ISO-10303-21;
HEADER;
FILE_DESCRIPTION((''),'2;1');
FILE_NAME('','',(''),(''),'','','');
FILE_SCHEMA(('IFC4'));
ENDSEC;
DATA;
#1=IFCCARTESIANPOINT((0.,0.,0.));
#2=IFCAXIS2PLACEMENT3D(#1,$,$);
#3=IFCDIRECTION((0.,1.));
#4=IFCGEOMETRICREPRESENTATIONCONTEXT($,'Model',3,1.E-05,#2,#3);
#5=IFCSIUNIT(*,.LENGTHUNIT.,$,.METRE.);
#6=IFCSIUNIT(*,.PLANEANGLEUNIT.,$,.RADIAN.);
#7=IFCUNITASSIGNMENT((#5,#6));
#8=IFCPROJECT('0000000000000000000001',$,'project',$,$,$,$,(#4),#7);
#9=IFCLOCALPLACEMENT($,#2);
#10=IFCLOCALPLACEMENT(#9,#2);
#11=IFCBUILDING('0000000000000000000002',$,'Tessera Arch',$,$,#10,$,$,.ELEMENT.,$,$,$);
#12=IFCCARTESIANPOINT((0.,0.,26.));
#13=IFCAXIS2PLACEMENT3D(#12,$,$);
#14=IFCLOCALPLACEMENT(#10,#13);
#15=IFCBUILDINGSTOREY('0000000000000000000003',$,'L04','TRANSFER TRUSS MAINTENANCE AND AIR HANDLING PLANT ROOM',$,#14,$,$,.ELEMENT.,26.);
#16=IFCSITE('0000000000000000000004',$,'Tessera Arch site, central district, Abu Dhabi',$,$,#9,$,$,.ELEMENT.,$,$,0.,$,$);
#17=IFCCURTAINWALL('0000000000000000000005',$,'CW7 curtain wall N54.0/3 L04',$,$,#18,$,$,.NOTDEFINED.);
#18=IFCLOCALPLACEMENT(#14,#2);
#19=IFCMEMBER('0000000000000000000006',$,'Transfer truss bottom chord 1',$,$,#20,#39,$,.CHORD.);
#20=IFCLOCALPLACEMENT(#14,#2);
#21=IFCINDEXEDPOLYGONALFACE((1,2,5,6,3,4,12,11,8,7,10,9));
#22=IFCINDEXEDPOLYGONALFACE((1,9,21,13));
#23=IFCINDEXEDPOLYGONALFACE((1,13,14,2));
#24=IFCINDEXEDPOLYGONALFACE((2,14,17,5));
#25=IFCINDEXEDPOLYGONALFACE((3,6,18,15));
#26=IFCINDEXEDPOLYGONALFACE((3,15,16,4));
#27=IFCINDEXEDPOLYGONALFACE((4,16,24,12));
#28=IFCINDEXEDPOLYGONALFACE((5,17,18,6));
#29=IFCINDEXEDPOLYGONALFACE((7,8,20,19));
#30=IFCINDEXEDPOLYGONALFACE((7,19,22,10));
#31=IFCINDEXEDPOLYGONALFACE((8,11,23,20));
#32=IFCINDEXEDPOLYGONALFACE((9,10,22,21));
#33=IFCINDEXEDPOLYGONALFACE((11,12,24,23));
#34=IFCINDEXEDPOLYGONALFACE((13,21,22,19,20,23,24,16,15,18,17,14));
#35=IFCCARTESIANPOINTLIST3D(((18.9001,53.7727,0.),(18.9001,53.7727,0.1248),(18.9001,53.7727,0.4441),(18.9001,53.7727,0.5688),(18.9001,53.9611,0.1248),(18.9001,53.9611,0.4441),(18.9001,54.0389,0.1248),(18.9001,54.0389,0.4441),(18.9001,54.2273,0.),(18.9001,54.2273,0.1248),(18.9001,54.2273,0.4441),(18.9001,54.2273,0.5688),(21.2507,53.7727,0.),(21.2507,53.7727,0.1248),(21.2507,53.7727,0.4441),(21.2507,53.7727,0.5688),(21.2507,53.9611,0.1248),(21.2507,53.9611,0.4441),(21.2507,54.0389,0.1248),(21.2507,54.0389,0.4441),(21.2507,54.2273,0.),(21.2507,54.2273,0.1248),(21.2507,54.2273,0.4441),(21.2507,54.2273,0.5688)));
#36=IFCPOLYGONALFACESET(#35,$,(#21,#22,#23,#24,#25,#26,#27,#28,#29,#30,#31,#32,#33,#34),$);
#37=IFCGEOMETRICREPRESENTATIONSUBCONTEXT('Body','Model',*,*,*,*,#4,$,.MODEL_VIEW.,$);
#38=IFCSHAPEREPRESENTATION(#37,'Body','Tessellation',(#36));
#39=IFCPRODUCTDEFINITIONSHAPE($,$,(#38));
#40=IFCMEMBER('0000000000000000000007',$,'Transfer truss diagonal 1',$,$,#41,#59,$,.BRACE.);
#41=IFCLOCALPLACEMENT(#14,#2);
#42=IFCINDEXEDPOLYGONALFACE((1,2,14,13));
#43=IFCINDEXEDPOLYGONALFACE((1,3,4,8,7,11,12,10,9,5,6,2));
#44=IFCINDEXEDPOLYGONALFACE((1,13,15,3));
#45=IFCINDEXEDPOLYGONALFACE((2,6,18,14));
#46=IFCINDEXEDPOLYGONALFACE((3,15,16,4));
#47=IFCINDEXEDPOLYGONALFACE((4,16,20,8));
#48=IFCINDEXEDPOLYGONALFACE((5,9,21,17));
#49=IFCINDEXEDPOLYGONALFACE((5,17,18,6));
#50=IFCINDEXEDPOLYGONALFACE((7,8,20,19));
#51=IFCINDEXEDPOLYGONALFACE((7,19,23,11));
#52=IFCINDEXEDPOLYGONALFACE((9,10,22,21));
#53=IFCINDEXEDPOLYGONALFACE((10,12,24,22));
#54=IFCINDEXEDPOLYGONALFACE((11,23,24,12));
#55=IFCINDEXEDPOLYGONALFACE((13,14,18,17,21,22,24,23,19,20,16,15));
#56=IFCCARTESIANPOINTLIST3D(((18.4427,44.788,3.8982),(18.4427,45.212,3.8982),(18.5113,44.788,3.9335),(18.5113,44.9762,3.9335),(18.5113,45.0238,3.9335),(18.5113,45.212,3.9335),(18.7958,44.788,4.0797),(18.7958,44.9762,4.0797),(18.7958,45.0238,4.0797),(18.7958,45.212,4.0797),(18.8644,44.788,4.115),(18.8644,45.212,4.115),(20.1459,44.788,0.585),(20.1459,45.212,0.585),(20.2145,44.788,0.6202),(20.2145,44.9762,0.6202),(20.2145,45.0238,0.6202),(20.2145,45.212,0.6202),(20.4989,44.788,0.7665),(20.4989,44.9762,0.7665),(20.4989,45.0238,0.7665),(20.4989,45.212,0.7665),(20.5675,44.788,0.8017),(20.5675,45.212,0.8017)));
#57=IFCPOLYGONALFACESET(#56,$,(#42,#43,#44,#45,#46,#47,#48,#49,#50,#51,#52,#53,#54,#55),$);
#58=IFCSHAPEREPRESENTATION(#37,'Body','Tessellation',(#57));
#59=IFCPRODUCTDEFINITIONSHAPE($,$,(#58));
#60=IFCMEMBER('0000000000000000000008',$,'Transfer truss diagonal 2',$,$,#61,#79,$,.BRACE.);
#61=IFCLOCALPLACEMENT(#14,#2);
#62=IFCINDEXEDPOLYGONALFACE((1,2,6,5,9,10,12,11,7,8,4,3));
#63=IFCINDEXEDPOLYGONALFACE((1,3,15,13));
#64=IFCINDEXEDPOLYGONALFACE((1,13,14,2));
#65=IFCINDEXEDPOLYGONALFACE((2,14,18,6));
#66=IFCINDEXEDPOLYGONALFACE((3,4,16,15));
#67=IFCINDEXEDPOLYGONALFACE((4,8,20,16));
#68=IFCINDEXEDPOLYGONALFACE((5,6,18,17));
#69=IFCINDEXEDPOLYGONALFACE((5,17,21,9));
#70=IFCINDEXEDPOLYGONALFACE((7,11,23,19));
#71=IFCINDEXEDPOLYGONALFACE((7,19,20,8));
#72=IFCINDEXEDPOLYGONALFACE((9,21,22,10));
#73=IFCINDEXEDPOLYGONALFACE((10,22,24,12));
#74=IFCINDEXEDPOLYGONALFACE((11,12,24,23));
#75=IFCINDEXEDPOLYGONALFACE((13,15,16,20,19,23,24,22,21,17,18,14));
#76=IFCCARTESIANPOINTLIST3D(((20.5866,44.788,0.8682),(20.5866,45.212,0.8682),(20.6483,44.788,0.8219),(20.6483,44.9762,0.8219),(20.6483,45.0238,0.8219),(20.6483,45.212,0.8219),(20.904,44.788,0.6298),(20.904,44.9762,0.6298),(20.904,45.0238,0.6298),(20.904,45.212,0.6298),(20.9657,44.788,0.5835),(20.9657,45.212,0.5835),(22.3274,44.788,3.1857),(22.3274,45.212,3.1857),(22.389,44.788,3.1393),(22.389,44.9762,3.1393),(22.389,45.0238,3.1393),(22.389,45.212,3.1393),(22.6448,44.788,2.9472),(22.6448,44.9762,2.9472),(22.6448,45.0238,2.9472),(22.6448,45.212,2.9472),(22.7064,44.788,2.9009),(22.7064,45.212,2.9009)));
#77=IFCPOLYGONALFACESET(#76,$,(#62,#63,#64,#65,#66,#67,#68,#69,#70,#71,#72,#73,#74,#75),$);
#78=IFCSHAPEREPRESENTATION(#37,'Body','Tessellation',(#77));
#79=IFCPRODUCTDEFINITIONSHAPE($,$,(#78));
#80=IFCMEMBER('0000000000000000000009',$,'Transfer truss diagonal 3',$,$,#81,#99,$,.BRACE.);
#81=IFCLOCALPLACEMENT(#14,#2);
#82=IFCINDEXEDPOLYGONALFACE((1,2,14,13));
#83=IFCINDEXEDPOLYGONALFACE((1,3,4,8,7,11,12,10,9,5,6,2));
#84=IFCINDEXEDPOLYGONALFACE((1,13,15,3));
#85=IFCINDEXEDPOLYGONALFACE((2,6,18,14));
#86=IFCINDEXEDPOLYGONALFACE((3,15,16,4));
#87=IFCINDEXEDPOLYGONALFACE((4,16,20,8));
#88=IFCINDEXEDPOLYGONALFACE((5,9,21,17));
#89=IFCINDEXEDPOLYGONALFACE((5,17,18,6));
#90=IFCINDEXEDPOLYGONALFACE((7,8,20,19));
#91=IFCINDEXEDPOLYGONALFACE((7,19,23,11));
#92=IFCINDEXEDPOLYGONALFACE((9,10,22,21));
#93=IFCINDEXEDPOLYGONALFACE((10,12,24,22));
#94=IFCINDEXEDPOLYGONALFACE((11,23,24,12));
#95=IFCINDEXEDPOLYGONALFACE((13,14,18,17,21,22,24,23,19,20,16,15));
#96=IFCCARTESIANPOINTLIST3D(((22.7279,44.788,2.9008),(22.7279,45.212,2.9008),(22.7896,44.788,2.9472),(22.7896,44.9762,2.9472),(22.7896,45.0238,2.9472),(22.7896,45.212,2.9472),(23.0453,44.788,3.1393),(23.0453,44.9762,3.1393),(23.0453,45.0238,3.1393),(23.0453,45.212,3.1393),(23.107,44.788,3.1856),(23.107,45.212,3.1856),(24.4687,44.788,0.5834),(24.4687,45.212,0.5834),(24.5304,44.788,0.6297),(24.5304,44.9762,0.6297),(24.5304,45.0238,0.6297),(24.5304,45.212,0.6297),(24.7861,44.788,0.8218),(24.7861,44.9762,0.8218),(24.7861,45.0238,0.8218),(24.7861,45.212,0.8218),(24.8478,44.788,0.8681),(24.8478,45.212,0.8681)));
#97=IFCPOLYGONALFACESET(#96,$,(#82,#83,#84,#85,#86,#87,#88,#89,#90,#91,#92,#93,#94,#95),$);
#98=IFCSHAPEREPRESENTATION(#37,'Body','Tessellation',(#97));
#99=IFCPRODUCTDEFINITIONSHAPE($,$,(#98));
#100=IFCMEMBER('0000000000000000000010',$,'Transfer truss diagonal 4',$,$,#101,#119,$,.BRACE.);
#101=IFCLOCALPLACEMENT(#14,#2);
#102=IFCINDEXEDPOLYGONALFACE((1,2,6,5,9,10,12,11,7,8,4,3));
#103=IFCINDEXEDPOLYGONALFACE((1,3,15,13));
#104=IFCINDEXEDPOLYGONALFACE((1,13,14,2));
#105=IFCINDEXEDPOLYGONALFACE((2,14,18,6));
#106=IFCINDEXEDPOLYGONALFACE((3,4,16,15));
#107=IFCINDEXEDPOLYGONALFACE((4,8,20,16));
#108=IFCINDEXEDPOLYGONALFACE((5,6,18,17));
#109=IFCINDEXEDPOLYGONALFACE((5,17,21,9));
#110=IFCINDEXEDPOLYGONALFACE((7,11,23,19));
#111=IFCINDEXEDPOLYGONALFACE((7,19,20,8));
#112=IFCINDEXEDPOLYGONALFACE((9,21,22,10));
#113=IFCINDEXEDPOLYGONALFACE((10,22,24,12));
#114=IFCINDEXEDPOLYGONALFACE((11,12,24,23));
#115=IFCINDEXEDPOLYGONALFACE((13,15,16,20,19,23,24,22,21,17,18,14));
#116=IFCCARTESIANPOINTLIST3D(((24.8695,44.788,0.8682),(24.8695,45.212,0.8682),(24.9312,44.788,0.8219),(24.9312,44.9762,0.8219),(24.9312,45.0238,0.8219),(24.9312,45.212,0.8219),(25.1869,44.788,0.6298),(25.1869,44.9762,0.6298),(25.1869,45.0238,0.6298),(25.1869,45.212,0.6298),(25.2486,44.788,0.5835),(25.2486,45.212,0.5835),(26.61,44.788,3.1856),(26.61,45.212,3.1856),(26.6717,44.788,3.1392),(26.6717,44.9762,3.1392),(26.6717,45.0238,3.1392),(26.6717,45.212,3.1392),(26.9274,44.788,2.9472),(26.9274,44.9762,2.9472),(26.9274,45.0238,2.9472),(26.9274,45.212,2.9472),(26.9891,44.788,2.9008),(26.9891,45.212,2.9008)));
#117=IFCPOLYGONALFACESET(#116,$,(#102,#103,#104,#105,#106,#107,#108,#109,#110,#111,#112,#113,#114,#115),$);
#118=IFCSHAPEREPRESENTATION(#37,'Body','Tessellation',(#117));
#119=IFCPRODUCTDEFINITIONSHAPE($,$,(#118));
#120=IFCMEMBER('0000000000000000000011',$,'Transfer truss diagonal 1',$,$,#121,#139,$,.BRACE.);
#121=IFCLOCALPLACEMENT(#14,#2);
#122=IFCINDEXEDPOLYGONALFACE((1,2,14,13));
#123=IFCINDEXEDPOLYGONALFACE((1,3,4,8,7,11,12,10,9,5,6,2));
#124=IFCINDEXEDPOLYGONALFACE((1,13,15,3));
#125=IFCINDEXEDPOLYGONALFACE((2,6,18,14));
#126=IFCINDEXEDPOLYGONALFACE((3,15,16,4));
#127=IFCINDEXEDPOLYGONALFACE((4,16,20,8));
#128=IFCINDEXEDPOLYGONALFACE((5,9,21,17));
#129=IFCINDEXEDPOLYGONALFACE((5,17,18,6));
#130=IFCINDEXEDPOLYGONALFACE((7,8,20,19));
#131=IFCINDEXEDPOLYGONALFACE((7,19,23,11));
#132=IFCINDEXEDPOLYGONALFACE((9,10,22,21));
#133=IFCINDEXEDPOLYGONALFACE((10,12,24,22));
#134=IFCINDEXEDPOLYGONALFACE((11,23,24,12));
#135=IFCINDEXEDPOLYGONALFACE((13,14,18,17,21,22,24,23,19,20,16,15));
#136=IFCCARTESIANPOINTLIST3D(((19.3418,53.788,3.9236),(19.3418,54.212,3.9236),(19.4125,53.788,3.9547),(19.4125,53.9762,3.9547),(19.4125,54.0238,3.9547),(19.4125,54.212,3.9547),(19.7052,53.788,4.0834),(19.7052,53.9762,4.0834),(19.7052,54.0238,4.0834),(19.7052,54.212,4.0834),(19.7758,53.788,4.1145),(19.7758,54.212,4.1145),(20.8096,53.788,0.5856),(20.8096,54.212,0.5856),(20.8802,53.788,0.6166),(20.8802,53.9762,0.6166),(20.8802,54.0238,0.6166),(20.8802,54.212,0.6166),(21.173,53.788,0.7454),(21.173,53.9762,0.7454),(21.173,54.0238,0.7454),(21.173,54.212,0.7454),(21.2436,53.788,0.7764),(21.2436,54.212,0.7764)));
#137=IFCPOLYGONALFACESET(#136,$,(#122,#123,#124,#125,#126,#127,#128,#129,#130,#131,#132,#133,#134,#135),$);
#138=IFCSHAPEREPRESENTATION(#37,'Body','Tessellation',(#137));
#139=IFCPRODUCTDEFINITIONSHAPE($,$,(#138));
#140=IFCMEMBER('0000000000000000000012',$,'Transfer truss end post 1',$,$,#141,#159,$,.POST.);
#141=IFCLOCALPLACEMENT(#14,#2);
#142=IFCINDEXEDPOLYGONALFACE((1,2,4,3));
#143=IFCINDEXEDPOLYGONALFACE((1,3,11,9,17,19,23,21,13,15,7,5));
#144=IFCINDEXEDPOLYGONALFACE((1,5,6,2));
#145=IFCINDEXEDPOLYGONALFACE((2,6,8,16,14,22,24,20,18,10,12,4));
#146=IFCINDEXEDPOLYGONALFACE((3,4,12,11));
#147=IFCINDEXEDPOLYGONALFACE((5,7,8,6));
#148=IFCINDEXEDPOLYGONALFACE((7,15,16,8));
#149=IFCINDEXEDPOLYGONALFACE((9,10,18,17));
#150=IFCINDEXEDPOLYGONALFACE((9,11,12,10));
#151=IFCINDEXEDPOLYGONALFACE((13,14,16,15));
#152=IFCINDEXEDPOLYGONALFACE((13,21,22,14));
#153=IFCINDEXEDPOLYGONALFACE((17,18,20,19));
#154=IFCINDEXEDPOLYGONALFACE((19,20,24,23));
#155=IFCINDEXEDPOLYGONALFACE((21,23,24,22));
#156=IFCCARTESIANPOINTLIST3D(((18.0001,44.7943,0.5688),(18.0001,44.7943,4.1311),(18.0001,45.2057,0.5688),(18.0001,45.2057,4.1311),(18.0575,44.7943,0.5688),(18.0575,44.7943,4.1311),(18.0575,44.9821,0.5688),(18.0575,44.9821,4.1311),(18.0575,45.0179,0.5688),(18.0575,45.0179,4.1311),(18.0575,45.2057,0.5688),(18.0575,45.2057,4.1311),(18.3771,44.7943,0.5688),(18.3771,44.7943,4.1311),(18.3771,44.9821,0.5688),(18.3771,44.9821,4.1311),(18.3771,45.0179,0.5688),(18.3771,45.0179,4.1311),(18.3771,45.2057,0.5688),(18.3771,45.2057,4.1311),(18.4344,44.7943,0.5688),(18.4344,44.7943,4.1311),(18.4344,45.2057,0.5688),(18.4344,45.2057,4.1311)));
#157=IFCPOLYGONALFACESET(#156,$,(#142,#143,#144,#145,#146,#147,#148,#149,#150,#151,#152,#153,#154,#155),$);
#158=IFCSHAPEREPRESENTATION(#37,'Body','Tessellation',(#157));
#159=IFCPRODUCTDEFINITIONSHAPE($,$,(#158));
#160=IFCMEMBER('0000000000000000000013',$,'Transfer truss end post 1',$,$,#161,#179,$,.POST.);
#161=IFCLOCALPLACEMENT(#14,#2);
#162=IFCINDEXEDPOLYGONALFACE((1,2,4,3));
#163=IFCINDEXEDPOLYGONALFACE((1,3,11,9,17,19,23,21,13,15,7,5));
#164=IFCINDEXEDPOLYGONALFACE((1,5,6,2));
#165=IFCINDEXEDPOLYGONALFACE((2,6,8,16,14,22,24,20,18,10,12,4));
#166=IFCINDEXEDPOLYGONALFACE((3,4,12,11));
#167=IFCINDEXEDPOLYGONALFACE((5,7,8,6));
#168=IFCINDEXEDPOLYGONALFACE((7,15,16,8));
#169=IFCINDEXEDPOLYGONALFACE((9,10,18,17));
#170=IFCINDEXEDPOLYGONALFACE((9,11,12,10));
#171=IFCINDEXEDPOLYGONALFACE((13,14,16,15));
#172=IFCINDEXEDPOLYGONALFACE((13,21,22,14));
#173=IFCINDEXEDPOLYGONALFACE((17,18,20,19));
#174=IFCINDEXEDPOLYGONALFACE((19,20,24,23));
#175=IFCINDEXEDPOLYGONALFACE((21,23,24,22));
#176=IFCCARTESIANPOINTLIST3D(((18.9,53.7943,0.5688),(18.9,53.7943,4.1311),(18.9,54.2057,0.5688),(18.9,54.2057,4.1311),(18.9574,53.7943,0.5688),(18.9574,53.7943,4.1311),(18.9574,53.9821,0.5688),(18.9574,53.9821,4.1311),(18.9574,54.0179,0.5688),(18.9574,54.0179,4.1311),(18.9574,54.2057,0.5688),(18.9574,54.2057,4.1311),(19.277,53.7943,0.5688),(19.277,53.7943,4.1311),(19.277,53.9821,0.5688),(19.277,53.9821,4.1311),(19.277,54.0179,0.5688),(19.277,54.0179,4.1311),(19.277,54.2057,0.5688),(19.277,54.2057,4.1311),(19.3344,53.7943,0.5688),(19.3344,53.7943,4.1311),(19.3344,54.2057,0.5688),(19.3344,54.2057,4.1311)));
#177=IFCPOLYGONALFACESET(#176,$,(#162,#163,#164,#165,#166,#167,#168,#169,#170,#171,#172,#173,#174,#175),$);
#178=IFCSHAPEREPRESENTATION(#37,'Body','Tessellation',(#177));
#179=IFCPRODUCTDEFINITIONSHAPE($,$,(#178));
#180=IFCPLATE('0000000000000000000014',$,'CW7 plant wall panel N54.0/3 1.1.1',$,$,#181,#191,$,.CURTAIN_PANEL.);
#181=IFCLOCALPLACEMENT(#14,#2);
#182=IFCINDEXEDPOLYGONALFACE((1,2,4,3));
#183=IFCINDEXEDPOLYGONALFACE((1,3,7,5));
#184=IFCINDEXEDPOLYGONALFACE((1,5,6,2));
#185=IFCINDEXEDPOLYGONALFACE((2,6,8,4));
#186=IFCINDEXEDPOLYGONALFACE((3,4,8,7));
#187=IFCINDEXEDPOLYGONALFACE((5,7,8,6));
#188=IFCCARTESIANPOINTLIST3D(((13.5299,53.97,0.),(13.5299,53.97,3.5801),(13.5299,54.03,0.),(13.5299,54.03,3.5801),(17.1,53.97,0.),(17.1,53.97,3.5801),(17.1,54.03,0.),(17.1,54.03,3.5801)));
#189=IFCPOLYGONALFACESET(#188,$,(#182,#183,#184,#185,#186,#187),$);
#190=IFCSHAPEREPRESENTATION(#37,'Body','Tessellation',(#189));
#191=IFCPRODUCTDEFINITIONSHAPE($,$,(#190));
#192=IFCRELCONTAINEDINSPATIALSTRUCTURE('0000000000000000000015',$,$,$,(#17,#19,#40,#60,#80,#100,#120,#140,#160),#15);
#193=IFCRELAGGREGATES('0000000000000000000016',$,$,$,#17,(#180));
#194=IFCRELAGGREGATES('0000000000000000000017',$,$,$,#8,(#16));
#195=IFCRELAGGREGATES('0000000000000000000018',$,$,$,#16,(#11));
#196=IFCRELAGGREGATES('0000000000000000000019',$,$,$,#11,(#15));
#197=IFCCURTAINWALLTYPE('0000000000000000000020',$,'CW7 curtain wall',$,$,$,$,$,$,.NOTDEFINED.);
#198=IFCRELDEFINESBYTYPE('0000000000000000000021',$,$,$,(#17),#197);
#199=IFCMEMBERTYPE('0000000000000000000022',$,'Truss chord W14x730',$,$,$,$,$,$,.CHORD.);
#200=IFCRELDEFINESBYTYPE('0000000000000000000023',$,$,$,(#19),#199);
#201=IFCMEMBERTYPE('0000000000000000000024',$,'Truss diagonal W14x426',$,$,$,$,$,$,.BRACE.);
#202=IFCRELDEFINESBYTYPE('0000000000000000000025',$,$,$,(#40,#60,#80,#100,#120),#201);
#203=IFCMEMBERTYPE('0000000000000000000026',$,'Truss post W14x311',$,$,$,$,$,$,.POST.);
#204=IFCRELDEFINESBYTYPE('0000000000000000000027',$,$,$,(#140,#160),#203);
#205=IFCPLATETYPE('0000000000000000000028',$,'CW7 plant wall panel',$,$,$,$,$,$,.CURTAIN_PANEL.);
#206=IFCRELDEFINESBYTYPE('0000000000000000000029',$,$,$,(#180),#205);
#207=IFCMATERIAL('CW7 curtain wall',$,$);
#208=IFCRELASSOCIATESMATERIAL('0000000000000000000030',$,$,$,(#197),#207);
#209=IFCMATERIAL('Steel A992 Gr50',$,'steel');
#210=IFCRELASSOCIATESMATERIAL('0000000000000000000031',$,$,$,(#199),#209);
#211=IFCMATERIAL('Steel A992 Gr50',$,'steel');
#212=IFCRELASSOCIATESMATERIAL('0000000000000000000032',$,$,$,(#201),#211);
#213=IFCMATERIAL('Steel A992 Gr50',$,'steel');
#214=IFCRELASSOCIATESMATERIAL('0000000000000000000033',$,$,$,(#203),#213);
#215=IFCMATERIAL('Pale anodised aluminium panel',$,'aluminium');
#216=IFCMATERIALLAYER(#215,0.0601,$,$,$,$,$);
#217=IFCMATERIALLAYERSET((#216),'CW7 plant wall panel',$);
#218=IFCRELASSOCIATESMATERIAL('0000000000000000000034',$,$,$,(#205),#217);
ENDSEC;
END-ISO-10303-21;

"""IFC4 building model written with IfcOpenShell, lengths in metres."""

from ifc_helpers import new_model, si_unit, direction, frame, origin, origin_2d, place, context, subcontext, project, spatial, rectangle, i_section, extrude, material, layer, layer_set, material_profile, profile_set, type_object, element, aggregate, save


model = new_model("IFC4")

# Units and contexts
model_context = context("Model", 3, precision=1e-05, world=origin(), true_north=direction((0.0, 1.0)))
body_context = subcontext(model_context, "Body", "Model", "MODEL_VIEW")
ifc_project = project(units=[si_unit("LENGTHUNIT", "METRE"), si_unit("PLANEANGLEUNIT", "RADIAN")], contexts=[model_context])

# Site, building, storey
site_placement = place(None, origin())
site = spatial("IfcSite", under=ifc_project, at=site_placement, Name="Tessera Arch site, central district, Abu Dhabi", CompositionType="ELEMENT", RefElevation=0.0)
building_placement = place(site_placement, origin())
building = spatial("IfcBuilding", under=site, at=building_placement, Name="Tessera Arch", CompositionType="ELEMENT")
storey_placement = place(building_placement, frame((0.0, 0.0, 26.0)))
storey = spatial("IfcBuildingStorey", under=building, at=storey_placement, Name="L04", Description="TRANSFER TRUSS MAINTENANCE AND AIR HANDLING PLANT ROOM", CompositionType="ELEMENT", Elevation=26.0)

# Curtain wall
ifc_material_1 = material(Name="CW7 curtain wall")
curtain_wall_type = type_object("IfcCurtainWallType", Name="CW7 curtain wall", PredefinedType="NOTDEFINED", material=ifc_material_1)
curtain_wall_placement = place(storey_placement, origin())
curtain_wall = element("IfcCurtainWall", 1, at=curtain_wall_placement, inside=storey, type_object=curtain_wall_type, Name="CW7 curtain wall N54.0/3 L04", PredefinedType="NOTDEFINED")

# Members
ifc_material_2 = material(Name="Steel A992 Gr50", Category="steel")
ifc_material_profile_1 = material_profile(ifc_material_2, i_section(OverallWidth=0.4546, OverallDepth=0.5688, WebThickness=0.0779, FlangeThickness=0.1248, at=origin_2d()), Name="W14x730")
ifc_profile_set_1 = profile_set([ifc_material_profile_1], Name="Steel A992 Gr50")
member_type_1 = type_object("IfcMemberType", Name="Truss chord W14x730", PredefinedType="CHORD", material=ifc_profile_set_1)
member_1_placement = place(storey_placement, frame((18.9001, 54.0, 0.2844), z_axis=(1.0, 0.0, 0.0), x_axis=(0.0, 1.0, 0.0)))
element("IfcMember", 2, at=member_1_placement, inside=storey, type_object=member_type_1, Name="Transfer truss bottom chord 1", PredefinedType="CHORD", context=body_context, shape_type="SweptSolid", body=[
    extrude(i_section(OverallWidth=0.4546, OverallDepth=0.5688, WebThickness=0.0779, FlangeThickness=0.1248, at=origin_2d()), origin(), (0.0, 0.0, 1.0), 2.3506),
])
ifc_material_3 = material(Name="Steel A992 Gr50", Category="steel")
ifc_material_profile_2 = material_profile(ifc_material_3, i_section(OverallWidth=0.4241, OverallDepth=0.4741, WebThickness=0.0476, FlangeThickness=0.0771, at=origin_2d()), Name="W14x426")
ifc_profile_set_2 = profile_set([ifc_material_profile_2], Name="Steel A992 Gr50")
member_type_2 = type_object("IfcMemberType", Name="Truss diagonal W14x426", PredefinedType="BRACE", material=ifc_profile_set_2)
member_2_placement = place(storey_placement, frame((18.6536, 45.0, 4.0066), z_axis=(0.457173, 0.0, -0.889378), x_axis=(0.0, 1.0, 0.0)))
element("IfcMember", 3, at=member_2_placement, inside=storey, type_object=member_type_2, Name="Transfer truss diagonal 1", PredefinedType="BRACE", context=body_context, shape_type="SweptSolid", body=[
    extrude(i_section(OverallWidth=0.4241, OverallDepth=0.4741, WebThickness=0.0476, FlangeThickness=0.0771, at=origin_2d()), origin(), (0.0, 0.0, 1.0), 3.7253),
])
for number, where, z_axis, x_axis, name in (
    (4, (20.7761, 45.0, 0.7258), (0.600593, 0.0, 0.799555), (0.0, 1.0, 0.0), "Transfer truss diagonal 2"),
    (5, (22.9175, 45.0, 3.0432), (0.600593, 0.0, -0.799555), (0.0, 1.0, 0.0), "Transfer truss diagonal 3"),
):
    element("IfcMember", number, at=place(storey_placement, frame(where, z_axis=z_axis, x_axis=x_axis)), inside=storey, type_object=member_type_2, Name=name, PredefinedType="BRACE", context=body_context, shape_type="SweptSolid", body=[
        extrude(i_section(OverallWidth=0.4241, OverallDepth=0.4741, WebThickness=0.0476, FlangeThickness=0.0771, at=origin_2d()), origin(), (0.0, 0.0, 1.0), 2.8984),
    ])
member_3_placement = place(storey_placement, frame((25.0591, 45.0, 0.7258), z_axis=(0.600539, 0.0, 0.799595), x_axis=(0.0, 1.0, 0.0)))
element("IfcMember", 6, at=member_3_placement, inside=storey, type_object=member_type_2, Name="Transfer truss diagonal 4", PredefinedType="BRACE", context=body_context, shape_type="SweptSolid", body=[
    extrude(i_section(OverallWidth=0.4241, OverallDepth=0.4741, WebThickness=0.0476, FlangeThickness=0.0771, at=origin_2d()), origin(), (0.0, 0.0, 1.0), 2.8982),
])
member_4_placement = place(storey_placement, frame((19.5588, 54.0, 4.019), z_axis=(0.402508, 0.0, -0.915417), x_axis=(0.0, 1.0, 0.0)))
element("IfcMember", 7, at=member_4_placement, inside=storey, type_object=member_type_2, Name="Transfer truss diagonal 1", PredefinedType="BRACE", context=body_context, shape_type="SweptSolid", body=[
    extrude(i_section(OverallWidth=0.4241, OverallDepth=0.4741, WebThickness=0.0476, FlangeThickness=0.0771, at=origin_2d()), origin(), (0.0, 0.0, 1.0), 3.6465),
])
ifc_material_4 = material(Name="Steel A992 Gr50", Category="steel")
ifc_material_profile_3 = material_profile(ifc_material_4, i_section(OverallWidth=0.4114, OverallDepth=0.4343, WebThickness=0.0359, FlangeThickness=0.0574, at=origin_2d()), Name="W14x311")
ifc_profile_set_3 = profile_set([ifc_material_profile_3], Name="Steel A992 Gr50")
member_type_3 = type_object("IfcMemberType", Name="Truss post W14x311", PredefinedType="POST", material=ifc_profile_set_3)
for number, where, z_axis, x_axis, name in (
    (8, (18.2173, 45.0, 0.5688), (0.0, 0.0, 1.0), (0.0, 1.0, 0.0), "Transfer truss end post 1"),
    (9, (19.1172, 54.0, 0.5688), (0.0, 0.0, 1.0), (0.0, 1.0, 0.0), "Transfer truss end post 1"),
):
    element("IfcMember", number, at=place(storey_placement, frame(where, z_axis=z_axis, x_axis=x_axis)), inside=storey, type_object=member_type_3, Name=name, PredefinedType="POST", context=body_context, shape_type="SweptSolid", body=[
        extrude(i_section(OverallWidth=0.4114, OverallDepth=0.4343, WebThickness=0.0359, FlangeThickness=0.0574, at=origin_2d()), origin(), (0.0, 0.0, 1.0), 3.5623),
    ])

# Plate
ifc_material_5 = material(Name="Pale anodised aluminium panel", Category="aluminium")
ifc_layer_1 = layer(ifc_material_5, 0.0601)
ifc_layer_set_1 = layer_set([ifc_layer_1], Name="CW7 plant wall panel")
plate_type_1 = type_object("IfcPlateType", Name="CW7 plant wall panel", PredefinedType="CURTAIN_PANEL", material=ifc_layer_set_1)
plate_placement = place(storey_placement, frame((15.3149, 54.0, 0.0), z_axis=(0.0, 0.0, 1.0), x_axis=(-1.0, 0.0, 0.0)))
plate = element("IfcPlate", 10, at=plate_placement, type_object=plate_type_1, Name="CW7 plant wall panel N54.0/3 1.1.1", PredefinedType="CURTAIN_PANEL", context=body_context, shape_type="SweptSolid", body=[
    extrude(rectangle(XDim=3.5701, YDim=0.0601, at=origin_2d()), origin(), (0.0, 0.0, 1.0), 3.5801),
])
aggregate(curtain_wall, [plate])

save(model, "model.ifc")
